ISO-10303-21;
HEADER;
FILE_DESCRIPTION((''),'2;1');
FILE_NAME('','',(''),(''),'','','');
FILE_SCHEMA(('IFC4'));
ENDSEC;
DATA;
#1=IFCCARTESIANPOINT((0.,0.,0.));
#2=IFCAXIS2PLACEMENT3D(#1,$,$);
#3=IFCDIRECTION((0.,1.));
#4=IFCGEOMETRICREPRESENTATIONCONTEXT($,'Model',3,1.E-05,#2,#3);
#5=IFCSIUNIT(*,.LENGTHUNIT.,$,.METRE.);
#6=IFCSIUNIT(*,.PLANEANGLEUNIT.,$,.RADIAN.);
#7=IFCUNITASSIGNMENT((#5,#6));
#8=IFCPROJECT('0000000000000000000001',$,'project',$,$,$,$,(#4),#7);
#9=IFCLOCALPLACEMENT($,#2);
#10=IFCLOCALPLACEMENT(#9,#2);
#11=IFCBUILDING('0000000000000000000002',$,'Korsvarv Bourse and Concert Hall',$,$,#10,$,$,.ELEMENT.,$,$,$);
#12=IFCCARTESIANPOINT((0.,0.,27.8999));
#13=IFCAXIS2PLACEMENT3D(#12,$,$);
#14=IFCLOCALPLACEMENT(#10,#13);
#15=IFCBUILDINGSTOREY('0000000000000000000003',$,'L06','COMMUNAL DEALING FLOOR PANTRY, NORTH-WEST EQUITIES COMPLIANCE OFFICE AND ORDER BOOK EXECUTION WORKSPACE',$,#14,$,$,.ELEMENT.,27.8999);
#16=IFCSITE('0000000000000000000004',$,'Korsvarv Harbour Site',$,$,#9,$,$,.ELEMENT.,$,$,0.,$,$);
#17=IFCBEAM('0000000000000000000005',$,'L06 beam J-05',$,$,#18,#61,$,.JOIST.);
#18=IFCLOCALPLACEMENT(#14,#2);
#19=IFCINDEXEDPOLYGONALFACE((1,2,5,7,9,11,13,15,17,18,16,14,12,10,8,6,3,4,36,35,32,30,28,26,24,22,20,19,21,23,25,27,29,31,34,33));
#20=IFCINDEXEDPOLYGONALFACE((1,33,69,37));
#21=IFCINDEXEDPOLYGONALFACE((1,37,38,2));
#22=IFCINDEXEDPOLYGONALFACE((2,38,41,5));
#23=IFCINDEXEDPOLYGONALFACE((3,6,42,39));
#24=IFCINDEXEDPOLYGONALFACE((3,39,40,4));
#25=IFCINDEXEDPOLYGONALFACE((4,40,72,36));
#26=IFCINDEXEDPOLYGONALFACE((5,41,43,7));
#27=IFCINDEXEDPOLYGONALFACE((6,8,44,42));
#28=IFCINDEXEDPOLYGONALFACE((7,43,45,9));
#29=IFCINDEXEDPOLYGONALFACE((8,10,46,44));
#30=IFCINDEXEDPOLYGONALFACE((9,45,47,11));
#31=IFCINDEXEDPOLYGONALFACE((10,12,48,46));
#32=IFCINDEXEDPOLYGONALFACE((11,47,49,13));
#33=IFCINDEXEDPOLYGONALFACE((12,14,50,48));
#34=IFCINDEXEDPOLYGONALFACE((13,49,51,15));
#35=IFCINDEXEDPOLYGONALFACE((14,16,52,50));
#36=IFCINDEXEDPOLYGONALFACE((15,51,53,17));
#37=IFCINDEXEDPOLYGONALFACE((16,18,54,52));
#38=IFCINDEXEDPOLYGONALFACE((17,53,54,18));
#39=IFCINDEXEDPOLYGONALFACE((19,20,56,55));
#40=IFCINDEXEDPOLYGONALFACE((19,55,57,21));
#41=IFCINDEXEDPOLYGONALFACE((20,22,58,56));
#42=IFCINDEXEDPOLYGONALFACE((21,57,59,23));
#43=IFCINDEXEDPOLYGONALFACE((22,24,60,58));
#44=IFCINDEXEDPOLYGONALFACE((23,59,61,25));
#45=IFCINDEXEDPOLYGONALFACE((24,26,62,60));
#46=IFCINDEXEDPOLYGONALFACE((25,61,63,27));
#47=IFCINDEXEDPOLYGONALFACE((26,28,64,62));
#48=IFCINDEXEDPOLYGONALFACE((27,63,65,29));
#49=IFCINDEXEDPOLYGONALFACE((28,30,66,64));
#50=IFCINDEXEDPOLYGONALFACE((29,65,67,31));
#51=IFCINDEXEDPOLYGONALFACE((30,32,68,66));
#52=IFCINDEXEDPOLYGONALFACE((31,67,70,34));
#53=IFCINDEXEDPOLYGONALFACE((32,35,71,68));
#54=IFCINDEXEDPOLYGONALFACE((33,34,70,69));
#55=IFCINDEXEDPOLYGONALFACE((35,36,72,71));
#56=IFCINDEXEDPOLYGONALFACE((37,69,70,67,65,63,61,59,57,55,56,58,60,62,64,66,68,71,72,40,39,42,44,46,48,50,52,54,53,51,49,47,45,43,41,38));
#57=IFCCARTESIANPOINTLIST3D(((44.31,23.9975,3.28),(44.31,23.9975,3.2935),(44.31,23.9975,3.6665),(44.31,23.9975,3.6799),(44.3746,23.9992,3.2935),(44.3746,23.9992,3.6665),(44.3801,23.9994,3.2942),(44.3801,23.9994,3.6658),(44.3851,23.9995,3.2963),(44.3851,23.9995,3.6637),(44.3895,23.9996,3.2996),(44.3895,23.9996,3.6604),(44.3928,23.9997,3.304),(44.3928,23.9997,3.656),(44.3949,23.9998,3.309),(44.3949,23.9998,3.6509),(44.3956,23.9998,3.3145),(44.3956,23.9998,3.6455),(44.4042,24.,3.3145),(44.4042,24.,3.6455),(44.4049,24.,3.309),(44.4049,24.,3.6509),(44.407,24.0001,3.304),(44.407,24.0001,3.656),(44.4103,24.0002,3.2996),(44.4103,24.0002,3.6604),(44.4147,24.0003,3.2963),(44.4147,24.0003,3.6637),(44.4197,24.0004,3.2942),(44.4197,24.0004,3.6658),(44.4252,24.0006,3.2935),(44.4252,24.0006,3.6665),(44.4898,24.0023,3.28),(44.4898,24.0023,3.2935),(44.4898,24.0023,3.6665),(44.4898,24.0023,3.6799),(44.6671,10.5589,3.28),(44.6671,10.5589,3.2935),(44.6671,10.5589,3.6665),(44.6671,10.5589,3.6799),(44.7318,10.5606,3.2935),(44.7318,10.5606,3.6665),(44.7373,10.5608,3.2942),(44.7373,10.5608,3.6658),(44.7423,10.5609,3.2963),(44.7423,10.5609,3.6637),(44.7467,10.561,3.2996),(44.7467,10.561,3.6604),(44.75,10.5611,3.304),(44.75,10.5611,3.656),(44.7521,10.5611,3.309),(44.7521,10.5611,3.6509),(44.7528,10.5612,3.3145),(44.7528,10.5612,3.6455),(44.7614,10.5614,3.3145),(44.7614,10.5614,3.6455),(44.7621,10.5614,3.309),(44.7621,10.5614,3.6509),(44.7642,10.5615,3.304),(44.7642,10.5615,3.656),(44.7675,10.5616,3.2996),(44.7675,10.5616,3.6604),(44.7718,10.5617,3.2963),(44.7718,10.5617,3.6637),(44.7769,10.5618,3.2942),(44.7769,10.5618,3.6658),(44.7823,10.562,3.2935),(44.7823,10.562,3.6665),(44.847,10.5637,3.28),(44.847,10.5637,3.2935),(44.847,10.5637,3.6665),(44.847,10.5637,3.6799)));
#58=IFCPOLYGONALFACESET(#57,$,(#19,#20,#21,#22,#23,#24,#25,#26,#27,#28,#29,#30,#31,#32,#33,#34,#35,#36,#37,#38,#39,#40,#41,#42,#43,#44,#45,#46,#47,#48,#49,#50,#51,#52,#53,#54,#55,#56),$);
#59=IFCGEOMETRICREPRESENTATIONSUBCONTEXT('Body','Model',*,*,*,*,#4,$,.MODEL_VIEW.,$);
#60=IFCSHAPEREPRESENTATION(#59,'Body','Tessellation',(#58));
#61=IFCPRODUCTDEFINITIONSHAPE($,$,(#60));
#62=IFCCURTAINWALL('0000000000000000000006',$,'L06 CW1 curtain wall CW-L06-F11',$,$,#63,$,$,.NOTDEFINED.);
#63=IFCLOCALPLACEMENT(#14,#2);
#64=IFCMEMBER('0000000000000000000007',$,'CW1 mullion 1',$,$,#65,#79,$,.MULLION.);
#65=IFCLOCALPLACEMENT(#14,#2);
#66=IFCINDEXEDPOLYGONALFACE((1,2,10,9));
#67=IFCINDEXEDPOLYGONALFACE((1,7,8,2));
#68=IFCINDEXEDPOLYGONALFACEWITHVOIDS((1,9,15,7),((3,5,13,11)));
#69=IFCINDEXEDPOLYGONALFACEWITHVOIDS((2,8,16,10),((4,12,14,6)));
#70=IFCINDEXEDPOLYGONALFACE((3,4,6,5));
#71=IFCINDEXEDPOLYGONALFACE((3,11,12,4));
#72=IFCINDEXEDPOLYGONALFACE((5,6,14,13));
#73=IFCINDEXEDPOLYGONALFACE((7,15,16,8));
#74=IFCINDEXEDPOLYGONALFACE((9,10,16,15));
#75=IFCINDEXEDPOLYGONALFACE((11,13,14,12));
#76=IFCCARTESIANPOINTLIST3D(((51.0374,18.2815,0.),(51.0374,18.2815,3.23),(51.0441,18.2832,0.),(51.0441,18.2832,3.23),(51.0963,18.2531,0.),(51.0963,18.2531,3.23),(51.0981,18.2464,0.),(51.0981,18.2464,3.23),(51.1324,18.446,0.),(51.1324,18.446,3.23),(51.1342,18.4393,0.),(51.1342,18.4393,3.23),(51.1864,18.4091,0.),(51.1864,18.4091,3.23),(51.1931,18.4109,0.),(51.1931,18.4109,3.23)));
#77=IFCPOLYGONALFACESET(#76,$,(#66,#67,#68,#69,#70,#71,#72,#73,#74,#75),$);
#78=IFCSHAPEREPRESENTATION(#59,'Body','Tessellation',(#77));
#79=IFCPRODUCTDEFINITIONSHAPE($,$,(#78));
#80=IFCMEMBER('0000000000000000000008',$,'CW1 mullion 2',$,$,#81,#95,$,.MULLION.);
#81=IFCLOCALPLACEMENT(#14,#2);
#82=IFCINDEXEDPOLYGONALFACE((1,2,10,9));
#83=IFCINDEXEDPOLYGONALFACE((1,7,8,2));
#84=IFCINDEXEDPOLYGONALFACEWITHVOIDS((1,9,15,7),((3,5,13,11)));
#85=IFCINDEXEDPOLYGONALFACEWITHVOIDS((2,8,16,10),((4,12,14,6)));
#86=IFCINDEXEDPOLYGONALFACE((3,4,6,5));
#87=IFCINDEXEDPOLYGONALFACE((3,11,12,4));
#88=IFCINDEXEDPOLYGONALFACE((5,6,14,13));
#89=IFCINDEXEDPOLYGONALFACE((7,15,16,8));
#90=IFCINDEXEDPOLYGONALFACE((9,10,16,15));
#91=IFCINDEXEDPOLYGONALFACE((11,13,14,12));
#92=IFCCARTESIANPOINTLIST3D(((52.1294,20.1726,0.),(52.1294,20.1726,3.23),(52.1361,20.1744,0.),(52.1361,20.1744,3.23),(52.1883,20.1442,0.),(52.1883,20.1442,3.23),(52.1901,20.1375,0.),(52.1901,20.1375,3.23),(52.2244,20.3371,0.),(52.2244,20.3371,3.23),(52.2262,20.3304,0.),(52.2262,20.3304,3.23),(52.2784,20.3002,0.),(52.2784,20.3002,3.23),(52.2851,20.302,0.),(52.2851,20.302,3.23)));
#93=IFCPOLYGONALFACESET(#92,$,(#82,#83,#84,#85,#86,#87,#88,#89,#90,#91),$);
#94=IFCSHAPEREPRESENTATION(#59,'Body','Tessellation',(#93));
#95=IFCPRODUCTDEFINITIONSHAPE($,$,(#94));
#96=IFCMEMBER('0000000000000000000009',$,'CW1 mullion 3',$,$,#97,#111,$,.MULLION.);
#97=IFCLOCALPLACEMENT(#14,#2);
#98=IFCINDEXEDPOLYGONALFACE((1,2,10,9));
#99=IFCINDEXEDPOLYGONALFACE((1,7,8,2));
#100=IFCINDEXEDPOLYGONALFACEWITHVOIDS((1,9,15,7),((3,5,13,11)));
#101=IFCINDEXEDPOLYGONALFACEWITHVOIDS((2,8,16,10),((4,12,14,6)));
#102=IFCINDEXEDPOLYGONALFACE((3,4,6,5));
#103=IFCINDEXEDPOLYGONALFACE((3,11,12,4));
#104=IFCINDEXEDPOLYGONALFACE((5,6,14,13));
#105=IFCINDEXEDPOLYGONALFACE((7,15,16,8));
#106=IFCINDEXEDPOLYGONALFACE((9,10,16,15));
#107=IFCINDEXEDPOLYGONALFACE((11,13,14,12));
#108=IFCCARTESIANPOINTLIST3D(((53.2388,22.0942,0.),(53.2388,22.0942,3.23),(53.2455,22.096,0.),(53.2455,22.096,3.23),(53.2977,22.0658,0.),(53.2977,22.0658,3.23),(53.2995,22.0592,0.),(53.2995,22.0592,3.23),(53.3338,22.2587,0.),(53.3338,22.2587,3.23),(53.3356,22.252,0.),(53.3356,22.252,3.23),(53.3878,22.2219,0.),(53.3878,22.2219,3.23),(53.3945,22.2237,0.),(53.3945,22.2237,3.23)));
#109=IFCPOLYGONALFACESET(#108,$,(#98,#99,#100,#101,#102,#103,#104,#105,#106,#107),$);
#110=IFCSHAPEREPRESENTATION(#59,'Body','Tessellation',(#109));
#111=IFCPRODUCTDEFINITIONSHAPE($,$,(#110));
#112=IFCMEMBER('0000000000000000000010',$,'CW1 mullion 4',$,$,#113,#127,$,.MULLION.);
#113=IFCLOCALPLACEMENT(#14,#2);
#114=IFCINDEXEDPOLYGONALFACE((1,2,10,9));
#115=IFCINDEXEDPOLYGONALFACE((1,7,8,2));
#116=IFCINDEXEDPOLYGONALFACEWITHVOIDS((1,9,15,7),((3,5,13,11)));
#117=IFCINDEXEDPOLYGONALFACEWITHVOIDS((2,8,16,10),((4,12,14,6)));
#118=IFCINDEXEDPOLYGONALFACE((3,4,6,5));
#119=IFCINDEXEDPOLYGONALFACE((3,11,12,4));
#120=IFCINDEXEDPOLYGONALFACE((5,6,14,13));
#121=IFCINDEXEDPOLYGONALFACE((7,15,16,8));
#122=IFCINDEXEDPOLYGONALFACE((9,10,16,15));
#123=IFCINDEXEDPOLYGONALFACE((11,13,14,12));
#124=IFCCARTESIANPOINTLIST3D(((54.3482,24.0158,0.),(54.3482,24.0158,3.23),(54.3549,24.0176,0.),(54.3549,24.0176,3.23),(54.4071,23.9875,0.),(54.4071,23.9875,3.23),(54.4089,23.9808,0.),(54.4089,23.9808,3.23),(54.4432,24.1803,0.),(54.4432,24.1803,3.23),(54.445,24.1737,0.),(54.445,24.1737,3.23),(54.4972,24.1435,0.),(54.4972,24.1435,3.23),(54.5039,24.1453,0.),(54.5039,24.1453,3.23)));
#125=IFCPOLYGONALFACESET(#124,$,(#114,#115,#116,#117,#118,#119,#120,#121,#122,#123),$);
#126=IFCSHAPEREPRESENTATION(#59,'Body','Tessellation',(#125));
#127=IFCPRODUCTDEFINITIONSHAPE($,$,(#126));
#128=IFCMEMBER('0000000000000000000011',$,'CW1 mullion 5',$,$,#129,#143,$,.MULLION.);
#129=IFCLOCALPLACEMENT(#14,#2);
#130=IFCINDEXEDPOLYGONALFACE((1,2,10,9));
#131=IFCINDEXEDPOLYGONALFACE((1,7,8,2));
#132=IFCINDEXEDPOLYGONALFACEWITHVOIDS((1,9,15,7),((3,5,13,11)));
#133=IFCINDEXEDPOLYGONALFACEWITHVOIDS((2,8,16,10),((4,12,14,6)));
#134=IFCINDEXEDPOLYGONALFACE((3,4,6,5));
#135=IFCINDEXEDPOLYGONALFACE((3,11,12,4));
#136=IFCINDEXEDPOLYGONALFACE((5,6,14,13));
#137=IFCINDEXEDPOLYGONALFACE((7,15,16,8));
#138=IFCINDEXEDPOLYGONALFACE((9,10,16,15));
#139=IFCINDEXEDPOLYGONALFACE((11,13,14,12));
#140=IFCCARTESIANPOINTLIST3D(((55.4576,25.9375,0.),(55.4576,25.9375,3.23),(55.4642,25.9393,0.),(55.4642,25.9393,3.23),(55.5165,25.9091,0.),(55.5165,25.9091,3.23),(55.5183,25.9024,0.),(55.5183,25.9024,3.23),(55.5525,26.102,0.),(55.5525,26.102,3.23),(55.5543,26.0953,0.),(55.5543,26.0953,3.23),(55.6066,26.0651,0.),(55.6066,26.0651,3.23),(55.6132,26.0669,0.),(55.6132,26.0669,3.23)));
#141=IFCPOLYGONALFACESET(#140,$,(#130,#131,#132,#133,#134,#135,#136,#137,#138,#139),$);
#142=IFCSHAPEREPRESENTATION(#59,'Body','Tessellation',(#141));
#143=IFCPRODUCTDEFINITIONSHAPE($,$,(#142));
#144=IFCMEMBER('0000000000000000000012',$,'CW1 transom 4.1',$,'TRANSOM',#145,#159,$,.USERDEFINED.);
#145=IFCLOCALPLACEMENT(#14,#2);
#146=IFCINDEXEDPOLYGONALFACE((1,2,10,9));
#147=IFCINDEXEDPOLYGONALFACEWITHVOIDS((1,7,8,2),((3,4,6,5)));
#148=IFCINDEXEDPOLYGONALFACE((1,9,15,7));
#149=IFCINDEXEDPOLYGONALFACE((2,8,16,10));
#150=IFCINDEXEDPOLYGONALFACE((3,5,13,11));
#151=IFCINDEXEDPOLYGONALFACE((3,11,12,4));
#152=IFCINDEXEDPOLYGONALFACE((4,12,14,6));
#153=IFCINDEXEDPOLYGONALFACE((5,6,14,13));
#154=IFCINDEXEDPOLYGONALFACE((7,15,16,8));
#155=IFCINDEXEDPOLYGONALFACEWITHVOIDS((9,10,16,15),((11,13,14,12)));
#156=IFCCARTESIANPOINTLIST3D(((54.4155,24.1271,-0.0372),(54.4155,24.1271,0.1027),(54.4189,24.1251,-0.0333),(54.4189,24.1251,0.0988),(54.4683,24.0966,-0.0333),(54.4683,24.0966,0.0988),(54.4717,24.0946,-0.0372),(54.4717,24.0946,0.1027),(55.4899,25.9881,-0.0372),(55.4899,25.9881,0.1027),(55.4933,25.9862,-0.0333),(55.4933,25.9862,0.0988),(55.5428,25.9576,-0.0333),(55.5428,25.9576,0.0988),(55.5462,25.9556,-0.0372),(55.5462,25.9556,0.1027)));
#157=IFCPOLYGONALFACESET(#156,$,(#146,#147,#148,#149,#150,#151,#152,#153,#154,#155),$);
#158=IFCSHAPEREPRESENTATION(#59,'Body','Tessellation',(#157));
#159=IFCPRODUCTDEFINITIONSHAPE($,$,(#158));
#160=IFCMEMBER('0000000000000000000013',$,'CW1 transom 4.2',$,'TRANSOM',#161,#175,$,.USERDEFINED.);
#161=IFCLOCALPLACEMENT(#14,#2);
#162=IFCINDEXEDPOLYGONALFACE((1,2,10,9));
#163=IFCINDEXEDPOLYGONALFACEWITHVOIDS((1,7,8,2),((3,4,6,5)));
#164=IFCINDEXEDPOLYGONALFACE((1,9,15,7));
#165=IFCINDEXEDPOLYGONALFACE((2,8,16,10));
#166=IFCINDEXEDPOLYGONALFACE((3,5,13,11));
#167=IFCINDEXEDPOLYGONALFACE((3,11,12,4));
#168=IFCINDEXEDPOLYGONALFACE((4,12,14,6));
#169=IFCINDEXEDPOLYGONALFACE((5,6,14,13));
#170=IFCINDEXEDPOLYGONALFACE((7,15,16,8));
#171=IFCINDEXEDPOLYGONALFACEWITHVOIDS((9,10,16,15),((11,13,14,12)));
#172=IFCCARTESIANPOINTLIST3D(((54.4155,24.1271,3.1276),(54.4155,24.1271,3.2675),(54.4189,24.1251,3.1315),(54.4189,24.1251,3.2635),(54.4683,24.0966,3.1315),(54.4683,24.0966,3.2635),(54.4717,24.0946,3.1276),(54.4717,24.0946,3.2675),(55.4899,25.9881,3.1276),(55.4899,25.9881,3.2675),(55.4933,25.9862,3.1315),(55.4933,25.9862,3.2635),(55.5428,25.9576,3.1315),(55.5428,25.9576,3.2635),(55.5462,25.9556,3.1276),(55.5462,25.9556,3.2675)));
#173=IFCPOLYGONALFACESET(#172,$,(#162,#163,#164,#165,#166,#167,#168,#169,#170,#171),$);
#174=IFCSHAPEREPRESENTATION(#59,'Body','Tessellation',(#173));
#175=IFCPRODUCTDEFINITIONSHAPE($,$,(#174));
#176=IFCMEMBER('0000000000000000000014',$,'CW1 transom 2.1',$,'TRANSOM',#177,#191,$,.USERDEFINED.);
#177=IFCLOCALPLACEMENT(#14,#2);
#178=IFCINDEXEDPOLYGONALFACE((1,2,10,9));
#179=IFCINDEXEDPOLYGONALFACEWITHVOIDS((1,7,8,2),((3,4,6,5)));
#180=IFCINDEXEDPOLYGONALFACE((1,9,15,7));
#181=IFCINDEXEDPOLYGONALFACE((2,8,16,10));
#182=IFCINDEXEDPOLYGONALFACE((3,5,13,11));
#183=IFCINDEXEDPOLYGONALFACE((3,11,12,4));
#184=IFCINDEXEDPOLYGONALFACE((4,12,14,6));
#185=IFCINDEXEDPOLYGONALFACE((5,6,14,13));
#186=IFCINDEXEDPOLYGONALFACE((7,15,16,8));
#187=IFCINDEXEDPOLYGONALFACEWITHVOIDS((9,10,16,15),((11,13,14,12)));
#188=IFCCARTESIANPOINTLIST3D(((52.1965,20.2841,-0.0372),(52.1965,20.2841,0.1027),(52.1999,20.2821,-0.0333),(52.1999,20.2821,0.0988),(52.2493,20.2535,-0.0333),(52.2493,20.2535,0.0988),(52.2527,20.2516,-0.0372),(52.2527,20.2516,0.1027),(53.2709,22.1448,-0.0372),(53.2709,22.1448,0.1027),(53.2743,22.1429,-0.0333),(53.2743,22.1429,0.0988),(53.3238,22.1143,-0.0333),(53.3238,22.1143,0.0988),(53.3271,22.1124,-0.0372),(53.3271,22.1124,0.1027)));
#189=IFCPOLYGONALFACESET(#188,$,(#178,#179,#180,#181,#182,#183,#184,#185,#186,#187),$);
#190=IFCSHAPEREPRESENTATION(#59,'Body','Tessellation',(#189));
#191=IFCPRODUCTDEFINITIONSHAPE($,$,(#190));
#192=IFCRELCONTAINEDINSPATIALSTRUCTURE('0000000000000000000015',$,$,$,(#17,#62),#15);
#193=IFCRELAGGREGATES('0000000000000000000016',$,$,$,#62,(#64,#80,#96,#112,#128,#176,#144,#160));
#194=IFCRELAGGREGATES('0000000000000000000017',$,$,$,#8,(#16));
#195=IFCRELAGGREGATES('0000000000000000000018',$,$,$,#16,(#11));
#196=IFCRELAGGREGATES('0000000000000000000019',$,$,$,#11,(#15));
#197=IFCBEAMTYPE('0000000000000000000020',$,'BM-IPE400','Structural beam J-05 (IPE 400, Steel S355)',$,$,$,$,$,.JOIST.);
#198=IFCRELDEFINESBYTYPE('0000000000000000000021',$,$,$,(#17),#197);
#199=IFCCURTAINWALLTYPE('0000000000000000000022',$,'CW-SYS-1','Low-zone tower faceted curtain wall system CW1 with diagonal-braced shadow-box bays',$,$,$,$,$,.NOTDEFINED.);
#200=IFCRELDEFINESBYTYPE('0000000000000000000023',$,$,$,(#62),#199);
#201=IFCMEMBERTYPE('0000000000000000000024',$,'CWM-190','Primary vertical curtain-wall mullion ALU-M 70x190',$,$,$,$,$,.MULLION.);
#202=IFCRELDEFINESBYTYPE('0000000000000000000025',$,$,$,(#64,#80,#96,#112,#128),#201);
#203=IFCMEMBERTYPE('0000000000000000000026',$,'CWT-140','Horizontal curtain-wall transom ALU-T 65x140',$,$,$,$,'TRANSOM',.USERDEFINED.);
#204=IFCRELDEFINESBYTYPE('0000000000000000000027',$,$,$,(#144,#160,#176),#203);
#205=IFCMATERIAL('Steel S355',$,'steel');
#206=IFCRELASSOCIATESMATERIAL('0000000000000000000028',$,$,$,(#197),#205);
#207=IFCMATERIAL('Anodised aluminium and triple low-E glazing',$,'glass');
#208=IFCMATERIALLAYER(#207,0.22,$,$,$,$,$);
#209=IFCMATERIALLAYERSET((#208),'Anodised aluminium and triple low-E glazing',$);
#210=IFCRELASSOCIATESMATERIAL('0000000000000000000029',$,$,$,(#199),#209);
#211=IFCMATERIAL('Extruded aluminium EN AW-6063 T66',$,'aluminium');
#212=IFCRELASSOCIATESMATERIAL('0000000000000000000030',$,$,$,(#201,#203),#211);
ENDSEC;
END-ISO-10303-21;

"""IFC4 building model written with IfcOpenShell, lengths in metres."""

from ifc_helpers import new_model, si_unit, direction, frame, origin, origin_2d, place, context, subcontext, project, spatial, hollow_rectangle, i_section, extrude, source, transform, mapped, material, layer, layer_set, material_profile, profile_set, type_object, element, aggregate, save


model = new_model("IFC4")

# Units and contexts
model_context = context("Model", 3, precision=1e-05, world=origin(), true_north=direction((0.0, 1.0)))
body_context = subcontext(model_context, "Body", "Model", "MODEL_VIEW")
ifc_project = project(units=[si_unit("LENGTHUNIT", "METRE"), si_unit("PLANEANGLEUNIT", "RADIAN")], contexts=[model_context])

# Site, building, storey
site_placement = place(None, origin())
site = spatial("IfcSite", under=ifc_project, at=site_placement, Name="Korsvarv Harbour Site", CompositionType="ELEMENT", RefElevation=0.0)
building_placement = place(site_placement, origin())
building = spatial("IfcBuilding", under=site, at=building_placement, Name="Korsvarv Bourse and Concert Hall", CompositionType="ELEMENT")
storey_placement = place(building_placement, frame((0.0, 0.0, 27.8999)))
storey = spatial("IfcBuildingStorey", under=building, at=storey_placement, Name="L06", Description="COMMUNAL DEALING FLOOR PANTRY, NORTH-WEST EQUITIES COMPLIANCE OFFICE AND ORDER BOOK EXECUTION WORKSPACE", CompositionType="ELEMENT", Elevation=27.8999)

# Beam
ifc_material_1 = material(Name="Steel S355", Category="steel")
ifc_material_profile_1 = material_profile(ifc_material_1, i_section(OverallWidth=0.1799, OverallDepth=0.3999, WebThickness=0.0085, FlangeThickness=0.0134, FilletRadius=0.021, at=origin_2d()), Name="IPE 400")
ifc_profile_set_1 = profile_set([ifc_material_profile_1], Name="Steel S355")
beam_type_1 = type_object("IfcBeamType", Name="BM-IPE400", Description="Structural beam J-05 (IPE 400, Steel S355)", PredefinedType="JOIST", material=ifc_profile_set_1)
shared_shape_1 = source(origin(), body_context, "Body", "SweptSolid", [
    extrude(i_section(OverallWidth=0.1799, OverallDepth=0.3999, WebThickness=0.0085, FlangeThickness=0.0134, FilletRadius=0.021, at=origin_2d()), origin(), (0.0, 0.0, 1.0), 13.4434),
])
beam_1_placement = place(storey_placement, frame((44.7571, 10.5613, 3.48), z_axis=(-0.026569, 0.999647, 0.0), x_axis=(-0.999647, -0.026569, 0.0)))
element("IfcBeam", 1, at=beam_1_placement, inside=storey, type_object=beam_type_1, Name="L06 beam J-05", PredefinedType="JOIST", context=body_context, shape_type="MappedRepresentation", body=[
    mapped(shared_shape_1, transform((0.0, 0.0, 0.0), scale=1.0)),
])

# Curtain wall, members
ifc_material_2 = material(Name="Anodised aluminium and triple low-E glazing", Category="glass")
ifc_layer_1 = layer(ifc_material_2, 0.22)
ifc_layer_set_1 = layer_set([ifc_layer_1], Name="Anodised aluminium and triple low-E glazing")
curtain_wall_type = type_object("IfcCurtainWallType", Name="CW-SYS-1", Description="Low-zone tower faceted curtain wall system CW1 with diagonal-braced shadow-box bays", PredefinedType="NOTDEFINED", material=ifc_layer_set_1)
curtain_wall_placement = place(storey_placement, origin())
curtain_wall = element("IfcCurtainWall", 2, at=curtain_wall_placement, inside=storey, type_object=curtain_wall_type, Name="L06 CW1 curtain wall CW-L06-F11", PredefinedType="NOTDEFINED")
ifc_material_3 = material(Name="Extruded aluminium EN AW-6063 T66", Category="aluminium")
ifc_material_profile_2 = material_profile(ifc_material_3, hollow_rectangle(XDim=0.0701, YDim=0.1899, WallThickness=0.0049, at=origin_2d()), Name="ALU-M 70x190")
ifc_profile_set_2 = profile_set([ifc_material_profile_2], Name="Extruded aluminium EN AW-6063 T66")
member_type_1 = type_object("IfcMemberType", Name="CWM-190", Description="Primary vertical curtain-wall mullion ALU-M 70x190", PredefinedType="MULLION", material=ifc_profile_set_2)
shared_shape_2 = source(origin(), body_context, "Body", "SweptSolid", [
    extrude(hollow_rectangle(XDim=0.0701, YDim=0.1899, WallThickness=0.0049, at=origin_2d()), origin(), (0.0, 0.0, 1.0), 3.23),
])
member_1_placement = place(storey_placement, frame((51.1152, 18.3462, 0.0), z_axis=(0.0, 0.0, 1.0), x_axis=(-0.866029, 0.499995, 0.0)))
member_1 = element("IfcMember", 3, at=member_1_placement, type_object=member_type_1, Name="CW1 mullion 1", PredefinedType="MULLION", context=body_context, shape_type="MappedRepresentation", body=[
    mapped(shared_shape_2, transform((0.0, 0.0, 0.0), scale=1.0)),
])
member_2_placement = place(storey_placement, frame((52.2073, 20.2373, 0.0), z_axis=(0.0, 0.0, 1.0), x_axis=(-0.866029, 0.499995, 0.0)))
member_2 = element("IfcMember", 4, at=member_2_placement, type_object=member_type_1, Name="CW1 mullion 2", PredefinedType="MULLION", context=body_context, shape_type="MappedRepresentation", body=[
    mapped(shared_shape_2, transform((0.0, 0.0, 0.0), scale=1.0)),
])
member_3_placement = place(storey_placement, frame((53.3167, 22.1589, 0.0), z_axis=(0.0, 0.0, 1.0), x_axis=(-0.866029, 0.499995, 0.0)))
member_3 = element("IfcMember", 5, at=member_3_placement, type_object=member_type_1, Name="CW1 mullion 3", PredefinedType="MULLION", context=body_context, shape_type="MappedRepresentation", body=[
    mapped(shared_shape_2, transform((0.0, 0.0, 0.0), scale=1.0)),
])
member_4_placement = place(storey_placement, frame((54.426, 24.0806, 0.0), z_axis=(0.0, 0.0, 1.0), x_axis=(-0.866029, 0.499995, 0.0)))
member_4 = element("IfcMember", 6, at=member_4_placement, type_object=member_type_1, Name="CW1 mullion 4", PredefinedType="MULLION", context=body_context, shape_type="MappedRepresentation", body=[
    mapped(shared_shape_2, transform((0.0, 0.0, 0.0), scale=1.0)),
])
member_5_placement = place(storey_placement, frame((55.5354, 26.0022, 0.0), z_axis=(0.0, 0.0, 1.0), x_axis=(-0.866029, 0.499995, 0.0)))
member_5 = element("IfcMember", 7, at=member_5_placement, type_object=member_type_1, Name="CW1 mullion 5", PredefinedType="MULLION", context=body_context, shape_type="MappedRepresentation", body=[
    mapped(shared_shape_2, transform((0.0, 0.0, 0.0), scale=1.0)),
])
ifc_material_profile_3 = material_profile(ifc_material_3, hollow_rectangle(XDim=0.0649, YDim=0.1399, WallThickness=0.0039, at=origin_2d()), Name="ALU-T 65x140")
ifc_profile_set_3 = profile_set([ifc_material_profile_3], Name="Extruded aluminium EN AW-6063 T66")
member_type_2 = type_object("IfcMemberType", Name="CWT-140", Description="Horizontal curtain-wall transom ALU-T 65x140", ElementType="TRANSOM", PredefinedType="USERDEFINED", material=ifc_profile_set_3)
shared_shape_3 = source(origin(), body_context, "Body", "SweptSolid", [
    extrude(hollow_rectangle(XDim=0.0649, YDim=0.1399, WallThickness=0.0039, at=origin_2d()), origin(), (0.0, 0.0, 1.0), 2.1489),
])
member_6_placement = place(storey_placement, frame((54.4436, 24.1108, 0.0327), z_axis=(0.499988, 0.866032, 0.0), x_axis=(-0.866032, 0.499988, 0.0)))
member_6 = element("IfcMember", 8, at=member_6_placement, type_object=member_type_2, Name="CW1 transom 4.1", ObjectType="TRANSOM", PredefinedType="USERDEFINED", context=body_context, shape_type="MappedRepresentation", body=[
    mapped(shared_shape_3, transform((0.0, 0.0, 0.0), scale=1.0)),
])
member_7_placement = place(storey_placement, frame((54.4436, 24.1108, 3.1975), z_axis=(0.499988, 0.866032, 0.0), x_axis=(-0.866032, 0.499988, 0.0)))
member_7 = element("IfcMember", 9, at=member_7_placement, type_object=member_type_2, Name="CW1 transom 4.2", ObjectType="TRANSOM", PredefinedType="USERDEFINED", context=body_context, shape_type="MappedRepresentation", body=[
    mapped(shared_shape_3, transform((0.0, 0.0, 0.0), scale=1.0)),
])
shared_shape_4 = source(origin(), body_context, "Body", "SweptSolid", [
    extrude(hollow_rectangle(XDim=0.0649, YDim=0.1399, WallThickness=0.0039, at=origin_2d()), origin(), (0.0, 0.0, 1.0), 2.1487),
])
member_8_placement = place(storey_placement, frame((52.2246, 20.2678, 0.0327), z_axis=(0.500037, 0.866004, 0.0), x_axis=(-0.866004, 0.500037, 0.0)))
member_8 = element("IfcMember", 10, at=member_8_placement, type_object=member_type_2, Name="CW1 transom 2.1", ObjectType="TRANSOM", PredefinedType="USERDEFINED", context=body_context, shape_type="MappedRepresentation", body=[
    mapped(shared_shape_4, transform((0.0, 0.0, 0.0), scale=1.0)),
])
aggregate(curtain_wall, [member_1, member_2, member_3, member_4, member_5, member_8, member_6, member_7])

save(model, "model.ifc")
